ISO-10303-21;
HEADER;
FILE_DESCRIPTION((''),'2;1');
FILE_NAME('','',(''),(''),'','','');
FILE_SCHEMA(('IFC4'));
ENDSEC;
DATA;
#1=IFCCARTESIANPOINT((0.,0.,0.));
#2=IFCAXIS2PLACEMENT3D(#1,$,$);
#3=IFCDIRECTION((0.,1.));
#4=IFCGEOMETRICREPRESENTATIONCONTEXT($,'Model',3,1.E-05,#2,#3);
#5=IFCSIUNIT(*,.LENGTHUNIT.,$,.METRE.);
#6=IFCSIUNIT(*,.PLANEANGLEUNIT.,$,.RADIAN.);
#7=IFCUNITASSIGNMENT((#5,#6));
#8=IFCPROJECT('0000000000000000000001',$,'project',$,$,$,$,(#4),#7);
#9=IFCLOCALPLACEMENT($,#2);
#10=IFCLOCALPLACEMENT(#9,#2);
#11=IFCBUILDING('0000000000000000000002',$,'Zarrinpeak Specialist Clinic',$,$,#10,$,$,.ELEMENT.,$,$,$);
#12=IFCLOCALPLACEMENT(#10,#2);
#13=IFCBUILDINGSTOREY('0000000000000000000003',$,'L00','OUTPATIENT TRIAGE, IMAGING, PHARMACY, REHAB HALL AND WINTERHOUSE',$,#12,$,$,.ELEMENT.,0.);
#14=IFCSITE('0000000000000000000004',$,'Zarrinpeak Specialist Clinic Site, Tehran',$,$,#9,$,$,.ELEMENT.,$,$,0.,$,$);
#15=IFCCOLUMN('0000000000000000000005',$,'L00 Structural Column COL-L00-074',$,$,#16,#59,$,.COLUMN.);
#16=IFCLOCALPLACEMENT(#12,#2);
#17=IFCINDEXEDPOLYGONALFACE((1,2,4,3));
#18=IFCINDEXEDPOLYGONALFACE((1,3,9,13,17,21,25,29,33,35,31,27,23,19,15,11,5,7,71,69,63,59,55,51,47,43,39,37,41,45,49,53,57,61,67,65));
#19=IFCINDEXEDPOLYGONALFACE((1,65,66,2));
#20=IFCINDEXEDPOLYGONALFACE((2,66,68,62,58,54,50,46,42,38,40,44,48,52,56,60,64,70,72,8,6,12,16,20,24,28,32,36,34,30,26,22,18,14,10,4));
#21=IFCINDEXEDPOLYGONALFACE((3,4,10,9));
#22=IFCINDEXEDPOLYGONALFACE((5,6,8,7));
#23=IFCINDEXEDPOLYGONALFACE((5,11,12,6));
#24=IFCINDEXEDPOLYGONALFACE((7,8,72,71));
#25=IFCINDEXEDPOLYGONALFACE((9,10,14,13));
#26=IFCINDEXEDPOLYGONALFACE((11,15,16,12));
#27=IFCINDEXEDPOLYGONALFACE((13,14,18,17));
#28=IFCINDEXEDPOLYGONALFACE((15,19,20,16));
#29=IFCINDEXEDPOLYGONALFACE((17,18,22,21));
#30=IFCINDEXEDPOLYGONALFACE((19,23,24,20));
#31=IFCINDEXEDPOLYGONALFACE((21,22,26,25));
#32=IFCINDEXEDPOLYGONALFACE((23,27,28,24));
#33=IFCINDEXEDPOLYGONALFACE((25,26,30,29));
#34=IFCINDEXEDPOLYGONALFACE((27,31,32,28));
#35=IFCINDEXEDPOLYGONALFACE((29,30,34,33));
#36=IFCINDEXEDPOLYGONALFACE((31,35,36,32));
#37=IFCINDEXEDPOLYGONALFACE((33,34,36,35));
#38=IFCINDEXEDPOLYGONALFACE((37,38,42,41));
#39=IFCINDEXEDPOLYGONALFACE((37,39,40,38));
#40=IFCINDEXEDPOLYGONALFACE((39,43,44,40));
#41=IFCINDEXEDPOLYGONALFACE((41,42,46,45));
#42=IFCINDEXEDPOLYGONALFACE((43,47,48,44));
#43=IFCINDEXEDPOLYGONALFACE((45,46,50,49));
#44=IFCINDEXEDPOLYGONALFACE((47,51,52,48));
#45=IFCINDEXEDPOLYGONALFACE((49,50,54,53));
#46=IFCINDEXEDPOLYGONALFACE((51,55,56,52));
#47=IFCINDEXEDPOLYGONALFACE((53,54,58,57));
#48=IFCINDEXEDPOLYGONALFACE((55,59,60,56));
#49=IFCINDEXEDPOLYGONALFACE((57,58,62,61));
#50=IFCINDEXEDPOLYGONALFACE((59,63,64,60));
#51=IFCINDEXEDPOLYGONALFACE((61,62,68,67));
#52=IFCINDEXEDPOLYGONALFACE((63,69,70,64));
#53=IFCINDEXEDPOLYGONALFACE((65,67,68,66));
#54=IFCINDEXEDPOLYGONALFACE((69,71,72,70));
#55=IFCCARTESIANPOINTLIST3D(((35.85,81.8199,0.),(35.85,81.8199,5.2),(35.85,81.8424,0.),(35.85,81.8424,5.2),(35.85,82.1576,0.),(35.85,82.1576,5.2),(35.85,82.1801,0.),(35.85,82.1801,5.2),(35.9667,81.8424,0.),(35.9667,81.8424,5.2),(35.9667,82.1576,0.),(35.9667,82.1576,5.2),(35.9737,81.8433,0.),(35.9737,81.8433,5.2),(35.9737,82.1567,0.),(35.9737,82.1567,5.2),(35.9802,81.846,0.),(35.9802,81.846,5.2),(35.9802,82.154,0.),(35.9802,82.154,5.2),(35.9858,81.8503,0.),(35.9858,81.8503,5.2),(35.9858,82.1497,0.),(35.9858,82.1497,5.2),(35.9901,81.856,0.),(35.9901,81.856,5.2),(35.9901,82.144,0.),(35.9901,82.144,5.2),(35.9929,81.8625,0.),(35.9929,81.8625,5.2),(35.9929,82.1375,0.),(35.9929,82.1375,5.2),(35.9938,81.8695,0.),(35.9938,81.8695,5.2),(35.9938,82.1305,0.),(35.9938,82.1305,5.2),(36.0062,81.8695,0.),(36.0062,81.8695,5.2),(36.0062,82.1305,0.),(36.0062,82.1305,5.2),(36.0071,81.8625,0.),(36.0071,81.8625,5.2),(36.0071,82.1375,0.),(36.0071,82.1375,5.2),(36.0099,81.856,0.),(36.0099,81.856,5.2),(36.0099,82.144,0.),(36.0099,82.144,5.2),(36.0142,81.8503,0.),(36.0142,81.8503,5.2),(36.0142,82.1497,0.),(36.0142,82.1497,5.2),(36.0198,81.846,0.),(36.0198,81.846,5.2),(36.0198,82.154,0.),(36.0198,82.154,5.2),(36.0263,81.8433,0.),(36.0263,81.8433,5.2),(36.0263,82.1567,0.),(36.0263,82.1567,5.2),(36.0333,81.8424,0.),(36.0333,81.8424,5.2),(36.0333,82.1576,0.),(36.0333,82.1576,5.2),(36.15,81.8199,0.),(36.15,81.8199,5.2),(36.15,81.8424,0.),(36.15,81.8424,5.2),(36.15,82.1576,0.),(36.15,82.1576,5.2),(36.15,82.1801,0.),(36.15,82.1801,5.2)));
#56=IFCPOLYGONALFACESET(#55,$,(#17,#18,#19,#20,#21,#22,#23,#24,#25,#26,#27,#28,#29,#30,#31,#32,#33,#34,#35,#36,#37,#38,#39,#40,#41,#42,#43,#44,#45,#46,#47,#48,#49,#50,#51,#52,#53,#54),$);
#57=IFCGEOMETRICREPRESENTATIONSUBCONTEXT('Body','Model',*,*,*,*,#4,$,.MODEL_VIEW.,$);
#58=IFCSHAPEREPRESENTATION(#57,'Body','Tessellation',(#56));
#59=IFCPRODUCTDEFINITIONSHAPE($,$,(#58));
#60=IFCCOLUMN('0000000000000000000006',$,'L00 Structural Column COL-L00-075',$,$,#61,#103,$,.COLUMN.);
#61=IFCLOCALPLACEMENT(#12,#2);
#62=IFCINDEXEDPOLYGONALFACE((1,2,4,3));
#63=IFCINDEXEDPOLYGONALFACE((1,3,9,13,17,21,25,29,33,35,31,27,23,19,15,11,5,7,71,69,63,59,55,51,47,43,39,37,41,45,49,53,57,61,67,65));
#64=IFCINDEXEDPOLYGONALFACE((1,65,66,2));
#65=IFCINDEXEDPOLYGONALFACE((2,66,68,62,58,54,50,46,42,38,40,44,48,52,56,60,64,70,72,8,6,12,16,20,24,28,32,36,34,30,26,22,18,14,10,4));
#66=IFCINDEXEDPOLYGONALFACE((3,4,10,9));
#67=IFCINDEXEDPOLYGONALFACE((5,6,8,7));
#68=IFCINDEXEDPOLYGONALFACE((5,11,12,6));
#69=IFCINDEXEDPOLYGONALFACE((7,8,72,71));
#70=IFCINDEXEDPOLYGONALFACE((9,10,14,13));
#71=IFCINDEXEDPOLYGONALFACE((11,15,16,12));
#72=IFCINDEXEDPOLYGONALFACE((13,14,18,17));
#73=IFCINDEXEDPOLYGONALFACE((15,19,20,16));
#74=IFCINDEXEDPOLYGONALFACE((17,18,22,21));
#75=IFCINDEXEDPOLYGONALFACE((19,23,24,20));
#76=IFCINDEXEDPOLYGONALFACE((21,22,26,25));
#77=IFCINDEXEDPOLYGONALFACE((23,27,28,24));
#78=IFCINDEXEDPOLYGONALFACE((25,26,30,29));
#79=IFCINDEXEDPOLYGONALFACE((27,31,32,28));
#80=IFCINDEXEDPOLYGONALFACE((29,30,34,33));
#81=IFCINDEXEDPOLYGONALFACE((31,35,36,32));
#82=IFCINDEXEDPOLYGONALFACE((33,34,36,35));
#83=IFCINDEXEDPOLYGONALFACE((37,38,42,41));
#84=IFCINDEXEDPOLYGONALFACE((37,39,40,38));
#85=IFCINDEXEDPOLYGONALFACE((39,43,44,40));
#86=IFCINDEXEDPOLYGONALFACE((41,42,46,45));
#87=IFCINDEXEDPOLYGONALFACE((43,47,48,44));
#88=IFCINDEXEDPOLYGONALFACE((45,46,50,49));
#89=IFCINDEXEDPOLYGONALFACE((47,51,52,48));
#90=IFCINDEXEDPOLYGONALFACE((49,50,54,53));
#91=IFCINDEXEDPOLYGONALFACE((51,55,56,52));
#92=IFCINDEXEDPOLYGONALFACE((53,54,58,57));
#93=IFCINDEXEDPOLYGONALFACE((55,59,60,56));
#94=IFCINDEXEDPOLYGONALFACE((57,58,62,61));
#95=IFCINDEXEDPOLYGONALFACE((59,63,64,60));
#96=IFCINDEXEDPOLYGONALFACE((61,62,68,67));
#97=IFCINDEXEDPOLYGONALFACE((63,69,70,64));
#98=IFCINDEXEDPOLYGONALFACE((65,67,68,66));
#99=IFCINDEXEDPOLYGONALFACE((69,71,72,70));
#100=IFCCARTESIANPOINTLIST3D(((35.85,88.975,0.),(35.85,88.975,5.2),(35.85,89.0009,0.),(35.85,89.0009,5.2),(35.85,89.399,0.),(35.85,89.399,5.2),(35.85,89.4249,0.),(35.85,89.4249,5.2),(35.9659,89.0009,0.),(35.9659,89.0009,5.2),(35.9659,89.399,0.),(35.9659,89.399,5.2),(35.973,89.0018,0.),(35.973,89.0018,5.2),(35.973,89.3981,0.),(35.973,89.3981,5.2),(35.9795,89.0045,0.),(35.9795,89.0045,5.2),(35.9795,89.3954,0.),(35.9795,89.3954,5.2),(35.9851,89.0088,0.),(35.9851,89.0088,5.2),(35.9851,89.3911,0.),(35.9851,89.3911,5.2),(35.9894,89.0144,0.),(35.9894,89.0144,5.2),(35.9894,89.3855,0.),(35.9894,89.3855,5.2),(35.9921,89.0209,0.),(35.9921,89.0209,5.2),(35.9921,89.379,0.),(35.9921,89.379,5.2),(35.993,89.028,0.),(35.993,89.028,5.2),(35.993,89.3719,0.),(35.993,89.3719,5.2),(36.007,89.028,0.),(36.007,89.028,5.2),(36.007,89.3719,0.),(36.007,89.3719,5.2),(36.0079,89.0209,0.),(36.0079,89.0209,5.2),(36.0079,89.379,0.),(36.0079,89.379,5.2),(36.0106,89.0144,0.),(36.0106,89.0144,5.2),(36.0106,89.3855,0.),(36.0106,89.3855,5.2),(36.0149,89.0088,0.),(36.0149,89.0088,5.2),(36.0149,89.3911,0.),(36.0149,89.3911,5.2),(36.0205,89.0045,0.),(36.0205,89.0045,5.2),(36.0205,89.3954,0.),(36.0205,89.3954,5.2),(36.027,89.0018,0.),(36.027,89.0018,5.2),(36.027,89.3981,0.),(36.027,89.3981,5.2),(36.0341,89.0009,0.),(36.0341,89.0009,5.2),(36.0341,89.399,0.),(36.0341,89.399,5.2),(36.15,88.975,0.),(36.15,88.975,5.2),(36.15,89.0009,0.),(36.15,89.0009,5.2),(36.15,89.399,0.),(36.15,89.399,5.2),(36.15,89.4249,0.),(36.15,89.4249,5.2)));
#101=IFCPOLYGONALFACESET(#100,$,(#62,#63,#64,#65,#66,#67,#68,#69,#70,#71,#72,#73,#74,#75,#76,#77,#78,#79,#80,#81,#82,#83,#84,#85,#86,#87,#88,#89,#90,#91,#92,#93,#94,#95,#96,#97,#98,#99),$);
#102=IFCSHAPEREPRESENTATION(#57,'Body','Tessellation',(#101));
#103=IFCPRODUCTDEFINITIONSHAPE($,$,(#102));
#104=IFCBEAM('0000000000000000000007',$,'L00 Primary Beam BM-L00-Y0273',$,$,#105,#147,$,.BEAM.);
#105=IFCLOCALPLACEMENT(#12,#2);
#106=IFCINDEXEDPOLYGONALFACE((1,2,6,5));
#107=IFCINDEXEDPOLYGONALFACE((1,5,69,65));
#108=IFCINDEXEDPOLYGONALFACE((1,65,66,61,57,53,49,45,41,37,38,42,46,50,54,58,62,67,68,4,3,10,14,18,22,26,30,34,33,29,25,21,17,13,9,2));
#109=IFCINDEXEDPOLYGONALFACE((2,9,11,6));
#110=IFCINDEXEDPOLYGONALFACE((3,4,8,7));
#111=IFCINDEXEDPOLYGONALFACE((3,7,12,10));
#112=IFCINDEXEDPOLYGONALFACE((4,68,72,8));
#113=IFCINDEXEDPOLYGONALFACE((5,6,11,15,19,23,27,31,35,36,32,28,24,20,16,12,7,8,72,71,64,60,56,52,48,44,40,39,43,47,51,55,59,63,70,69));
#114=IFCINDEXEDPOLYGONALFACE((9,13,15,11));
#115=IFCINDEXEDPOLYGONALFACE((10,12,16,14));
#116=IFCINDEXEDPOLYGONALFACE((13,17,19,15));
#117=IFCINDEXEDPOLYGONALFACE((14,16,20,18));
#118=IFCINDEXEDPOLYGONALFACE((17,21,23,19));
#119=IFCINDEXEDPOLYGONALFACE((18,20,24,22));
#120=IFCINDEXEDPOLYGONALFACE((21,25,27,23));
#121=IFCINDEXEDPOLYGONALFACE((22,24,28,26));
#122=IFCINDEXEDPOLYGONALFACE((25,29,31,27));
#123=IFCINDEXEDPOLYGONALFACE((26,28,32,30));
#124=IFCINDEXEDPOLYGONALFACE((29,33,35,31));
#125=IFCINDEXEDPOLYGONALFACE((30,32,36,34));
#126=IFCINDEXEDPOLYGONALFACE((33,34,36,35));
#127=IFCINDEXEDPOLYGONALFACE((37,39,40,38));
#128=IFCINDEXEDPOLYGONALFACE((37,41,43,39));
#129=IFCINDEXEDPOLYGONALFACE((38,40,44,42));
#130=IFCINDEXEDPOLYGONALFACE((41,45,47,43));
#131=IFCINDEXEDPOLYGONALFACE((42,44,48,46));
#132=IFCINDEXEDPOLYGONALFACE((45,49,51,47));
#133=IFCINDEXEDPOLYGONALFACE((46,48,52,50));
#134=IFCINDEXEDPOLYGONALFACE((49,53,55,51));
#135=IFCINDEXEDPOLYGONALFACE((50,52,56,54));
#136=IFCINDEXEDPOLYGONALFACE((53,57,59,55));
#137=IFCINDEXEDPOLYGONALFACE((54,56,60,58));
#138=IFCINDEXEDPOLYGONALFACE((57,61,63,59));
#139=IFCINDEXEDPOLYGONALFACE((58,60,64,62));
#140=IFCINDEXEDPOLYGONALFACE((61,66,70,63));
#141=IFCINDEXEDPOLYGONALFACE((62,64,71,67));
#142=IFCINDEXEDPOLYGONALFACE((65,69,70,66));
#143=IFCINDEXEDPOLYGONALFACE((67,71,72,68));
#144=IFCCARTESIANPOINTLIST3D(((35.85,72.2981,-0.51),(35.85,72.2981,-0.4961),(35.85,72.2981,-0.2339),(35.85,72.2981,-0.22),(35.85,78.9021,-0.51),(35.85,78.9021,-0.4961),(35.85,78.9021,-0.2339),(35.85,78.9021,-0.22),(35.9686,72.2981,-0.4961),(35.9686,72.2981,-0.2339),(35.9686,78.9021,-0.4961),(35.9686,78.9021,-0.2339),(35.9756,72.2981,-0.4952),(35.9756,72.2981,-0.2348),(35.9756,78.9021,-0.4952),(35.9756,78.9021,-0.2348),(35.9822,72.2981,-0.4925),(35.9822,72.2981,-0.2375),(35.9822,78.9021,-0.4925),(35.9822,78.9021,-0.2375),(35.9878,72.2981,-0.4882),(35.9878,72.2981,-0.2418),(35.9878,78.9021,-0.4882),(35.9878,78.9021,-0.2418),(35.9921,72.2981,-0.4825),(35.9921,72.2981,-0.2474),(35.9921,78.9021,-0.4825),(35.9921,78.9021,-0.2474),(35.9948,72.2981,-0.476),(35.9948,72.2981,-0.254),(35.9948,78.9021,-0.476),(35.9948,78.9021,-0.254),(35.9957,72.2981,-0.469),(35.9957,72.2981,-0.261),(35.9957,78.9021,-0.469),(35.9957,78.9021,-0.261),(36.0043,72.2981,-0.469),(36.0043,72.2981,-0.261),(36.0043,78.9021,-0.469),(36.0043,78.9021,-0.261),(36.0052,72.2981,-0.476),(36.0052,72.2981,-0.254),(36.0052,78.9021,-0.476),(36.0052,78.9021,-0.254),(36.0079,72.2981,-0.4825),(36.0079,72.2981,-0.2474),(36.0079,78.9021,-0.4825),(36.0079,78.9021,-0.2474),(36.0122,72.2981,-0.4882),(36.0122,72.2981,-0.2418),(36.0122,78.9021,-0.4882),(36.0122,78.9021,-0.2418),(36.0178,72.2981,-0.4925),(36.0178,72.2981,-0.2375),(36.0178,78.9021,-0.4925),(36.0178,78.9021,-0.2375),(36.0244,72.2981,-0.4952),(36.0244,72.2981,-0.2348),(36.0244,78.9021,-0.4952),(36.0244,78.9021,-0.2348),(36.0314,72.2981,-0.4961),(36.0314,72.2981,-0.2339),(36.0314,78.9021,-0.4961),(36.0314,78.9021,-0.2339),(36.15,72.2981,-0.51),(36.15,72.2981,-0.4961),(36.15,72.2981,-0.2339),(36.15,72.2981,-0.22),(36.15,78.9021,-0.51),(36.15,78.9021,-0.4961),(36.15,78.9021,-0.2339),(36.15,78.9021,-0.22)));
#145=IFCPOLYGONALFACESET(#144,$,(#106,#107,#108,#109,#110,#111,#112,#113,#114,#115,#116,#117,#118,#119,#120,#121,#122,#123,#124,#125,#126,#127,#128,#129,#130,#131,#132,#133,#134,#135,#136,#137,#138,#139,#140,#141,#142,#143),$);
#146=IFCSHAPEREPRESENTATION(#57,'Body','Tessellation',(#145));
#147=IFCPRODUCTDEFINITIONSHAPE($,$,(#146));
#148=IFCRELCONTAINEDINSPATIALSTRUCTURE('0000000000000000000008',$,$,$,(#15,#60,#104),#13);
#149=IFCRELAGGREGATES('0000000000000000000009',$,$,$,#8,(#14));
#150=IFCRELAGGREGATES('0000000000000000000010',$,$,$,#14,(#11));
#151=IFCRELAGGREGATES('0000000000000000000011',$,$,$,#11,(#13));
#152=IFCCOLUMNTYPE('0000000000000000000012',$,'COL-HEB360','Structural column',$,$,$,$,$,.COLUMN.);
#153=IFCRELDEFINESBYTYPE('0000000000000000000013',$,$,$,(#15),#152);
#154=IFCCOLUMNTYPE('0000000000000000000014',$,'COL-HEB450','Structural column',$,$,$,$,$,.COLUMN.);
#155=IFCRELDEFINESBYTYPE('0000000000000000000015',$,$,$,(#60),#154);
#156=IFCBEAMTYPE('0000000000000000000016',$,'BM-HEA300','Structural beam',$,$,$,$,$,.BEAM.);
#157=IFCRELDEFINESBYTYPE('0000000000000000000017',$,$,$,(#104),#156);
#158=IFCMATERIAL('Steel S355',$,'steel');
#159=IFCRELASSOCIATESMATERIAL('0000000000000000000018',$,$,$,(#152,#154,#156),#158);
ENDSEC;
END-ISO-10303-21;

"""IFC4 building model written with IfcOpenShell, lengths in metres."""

from ifc_helpers import new_model, si_unit, direction, frame, origin, origin_2d, place, context, subcontext, project, spatial, i_section, extrude, material, material_profile, profile_set, type_object, element, save


model = new_model("IFC4")

# Units and contexts
model_context = context("Model", 3, precision=1e-05, world=origin(), true_north=direction((0.0, 1.0)))
body_context = subcontext(model_context, "Body", "Model", "MODEL_VIEW")
ifc_project = project(units=[si_unit("LENGTHUNIT", "METRE"), si_unit("PLANEANGLEUNIT", "RADIAN")], contexts=[model_context])

# Site, building, storey
site_placement = place(None, origin())
site = spatial("IfcSite", under=ifc_project, at=site_placement, Name="Zarrinpeak Specialist Clinic Site, Tehran", CompositionType="ELEMENT", RefElevation=0.0)
building_placement = place(site_placement, origin())
building = spatial("IfcBuilding", under=site, at=building_placement, Name="Zarrinpeak Specialist Clinic", CompositionType="ELEMENT")
storey_placement = place(building_placement, origin())
storey = spatial("IfcBuildingStorey", under=building, at=storey_placement, Name="L00", Description="OUTPATIENT TRIAGE, IMAGING, PHARMACY, REHAB HALL AND WINTERHOUSE", CompositionType="ELEMENT", Elevation=0.0)

# Columns
ifc_material_1 = material(Name="Steel S355", Category="steel")
ifc_material_profile_1 = material_profile(ifc_material_1, i_section(OverallWidth=0.3, OverallDepth=0.3601, WebThickness=0.0125, FlangeThickness=0.0225, FilletRadius=0.0271, at=origin_2d()), Name="HEB 360")
ifc_profile_set_1 = profile_set([ifc_material_profile_1], Name="Steel S355")
column_type_1 = type_object("IfcColumnType", Name="COL-HEB360", Description="Structural column", PredefinedType="COLUMN", material=ifc_profile_set_1)
column_1_placement = place(storey_placement, frame((36.0, 82.0, 0.0), z_axis=(0.0, 0.0, 1.0), x_axis=(1.0, 0.0, 0.0)))
element("IfcColumn", 1, at=column_1_placement, inside=storey, type_object=column_type_1, Name="L00 Structural Column COL-L00-074", PredefinedType="COLUMN", context=body_context, shape_type="SweptSolid", body=[
    extrude(i_section(OverallWidth=0.3, OverallDepth=0.3601, WebThickness=0.0125, FlangeThickness=0.0225, FilletRadius=0.0271, at=origin_2d()), origin(), (0.0, 0.0, 1.0), 5.2),
])
ifc_material_profile_2 = material_profile(ifc_material_1, i_section(OverallWidth=0.3, OverallDepth=0.45, WebThickness=0.0139, FlangeThickness=0.0259, FilletRadius=0.0271, at=origin_2d()), Name="HEB 450")
ifc_profile_set_2 = profile_set([ifc_material_profile_2], Name="Steel S355")
column_type_2 = type_object("IfcColumnType", Name="COL-HEB450", Description="Structural column", PredefinedType="COLUMN", material=ifc_profile_set_2)
column_2_placement = place(storey_placement, frame((36.0, 89.2, 0.0), z_axis=(0.0, 0.0, 1.0), x_axis=(1.0, 0.0, 0.0)))
element("IfcColumn", 2, at=column_2_placement, inside=storey, type_object=column_type_2, Name="L00 Structural Column COL-L00-075", PredefinedType="COLUMN", context=body_context, shape_type="SweptSolid", body=[
    extrude(i_section(OverallWidth=0.3, OverallDepth=0.45, WebThickness=0.0139, FlangeThickness=0.0259, FilletRadius=0.0271, at=origin_2d()), origin(), (0.0, 0.0, 1.0), 5.2),
])

# Beam
ifc_material_profile_3 = material_profile(ifc_material_1, i_section(OverallWidth=0.3, OverallDepth=0.29, WebThickness=0.0085, FlangeThickness=0.0139, FilletRadius=0.0271, at=origin_2d()), Name="HEA 300")
ifc_profile_set_3 = profile_set([ifc_material_profile_3], Name="Steel S355")
beam_type_1 = type_object("IfcBeamType", Name="BM-HEA300", Description="Structural beam", PredefinedType="BEAM", material=ifc_profile_set_3)
beam_1_placement = place(storey_placement, frame((36.0, 72.2981, -0.365), z_axis=(0.0, 1.0, 0.0), x_axis=(-1.0, 0.0, 0.0)))
element("IfcBeam", 3, at=beam_1_placement, inside=storey, type_object=beam_type_1, Name="L00 Primary Beam BM-L00-Y0273", PredefinedType="BEAM", context=body_context, shape_type="SweptSolid", body=[
    extrude(i_section(OverallWidth=0.3, OverallDepth=0.29, WebThickness=0.0085, FlangeThickness=0.0139, FilletRadius=0.0271, at=origin_2d()), origin(), (0.0, 0.0, 1.0), 6.604),
])

save(model, "model.ifc")
